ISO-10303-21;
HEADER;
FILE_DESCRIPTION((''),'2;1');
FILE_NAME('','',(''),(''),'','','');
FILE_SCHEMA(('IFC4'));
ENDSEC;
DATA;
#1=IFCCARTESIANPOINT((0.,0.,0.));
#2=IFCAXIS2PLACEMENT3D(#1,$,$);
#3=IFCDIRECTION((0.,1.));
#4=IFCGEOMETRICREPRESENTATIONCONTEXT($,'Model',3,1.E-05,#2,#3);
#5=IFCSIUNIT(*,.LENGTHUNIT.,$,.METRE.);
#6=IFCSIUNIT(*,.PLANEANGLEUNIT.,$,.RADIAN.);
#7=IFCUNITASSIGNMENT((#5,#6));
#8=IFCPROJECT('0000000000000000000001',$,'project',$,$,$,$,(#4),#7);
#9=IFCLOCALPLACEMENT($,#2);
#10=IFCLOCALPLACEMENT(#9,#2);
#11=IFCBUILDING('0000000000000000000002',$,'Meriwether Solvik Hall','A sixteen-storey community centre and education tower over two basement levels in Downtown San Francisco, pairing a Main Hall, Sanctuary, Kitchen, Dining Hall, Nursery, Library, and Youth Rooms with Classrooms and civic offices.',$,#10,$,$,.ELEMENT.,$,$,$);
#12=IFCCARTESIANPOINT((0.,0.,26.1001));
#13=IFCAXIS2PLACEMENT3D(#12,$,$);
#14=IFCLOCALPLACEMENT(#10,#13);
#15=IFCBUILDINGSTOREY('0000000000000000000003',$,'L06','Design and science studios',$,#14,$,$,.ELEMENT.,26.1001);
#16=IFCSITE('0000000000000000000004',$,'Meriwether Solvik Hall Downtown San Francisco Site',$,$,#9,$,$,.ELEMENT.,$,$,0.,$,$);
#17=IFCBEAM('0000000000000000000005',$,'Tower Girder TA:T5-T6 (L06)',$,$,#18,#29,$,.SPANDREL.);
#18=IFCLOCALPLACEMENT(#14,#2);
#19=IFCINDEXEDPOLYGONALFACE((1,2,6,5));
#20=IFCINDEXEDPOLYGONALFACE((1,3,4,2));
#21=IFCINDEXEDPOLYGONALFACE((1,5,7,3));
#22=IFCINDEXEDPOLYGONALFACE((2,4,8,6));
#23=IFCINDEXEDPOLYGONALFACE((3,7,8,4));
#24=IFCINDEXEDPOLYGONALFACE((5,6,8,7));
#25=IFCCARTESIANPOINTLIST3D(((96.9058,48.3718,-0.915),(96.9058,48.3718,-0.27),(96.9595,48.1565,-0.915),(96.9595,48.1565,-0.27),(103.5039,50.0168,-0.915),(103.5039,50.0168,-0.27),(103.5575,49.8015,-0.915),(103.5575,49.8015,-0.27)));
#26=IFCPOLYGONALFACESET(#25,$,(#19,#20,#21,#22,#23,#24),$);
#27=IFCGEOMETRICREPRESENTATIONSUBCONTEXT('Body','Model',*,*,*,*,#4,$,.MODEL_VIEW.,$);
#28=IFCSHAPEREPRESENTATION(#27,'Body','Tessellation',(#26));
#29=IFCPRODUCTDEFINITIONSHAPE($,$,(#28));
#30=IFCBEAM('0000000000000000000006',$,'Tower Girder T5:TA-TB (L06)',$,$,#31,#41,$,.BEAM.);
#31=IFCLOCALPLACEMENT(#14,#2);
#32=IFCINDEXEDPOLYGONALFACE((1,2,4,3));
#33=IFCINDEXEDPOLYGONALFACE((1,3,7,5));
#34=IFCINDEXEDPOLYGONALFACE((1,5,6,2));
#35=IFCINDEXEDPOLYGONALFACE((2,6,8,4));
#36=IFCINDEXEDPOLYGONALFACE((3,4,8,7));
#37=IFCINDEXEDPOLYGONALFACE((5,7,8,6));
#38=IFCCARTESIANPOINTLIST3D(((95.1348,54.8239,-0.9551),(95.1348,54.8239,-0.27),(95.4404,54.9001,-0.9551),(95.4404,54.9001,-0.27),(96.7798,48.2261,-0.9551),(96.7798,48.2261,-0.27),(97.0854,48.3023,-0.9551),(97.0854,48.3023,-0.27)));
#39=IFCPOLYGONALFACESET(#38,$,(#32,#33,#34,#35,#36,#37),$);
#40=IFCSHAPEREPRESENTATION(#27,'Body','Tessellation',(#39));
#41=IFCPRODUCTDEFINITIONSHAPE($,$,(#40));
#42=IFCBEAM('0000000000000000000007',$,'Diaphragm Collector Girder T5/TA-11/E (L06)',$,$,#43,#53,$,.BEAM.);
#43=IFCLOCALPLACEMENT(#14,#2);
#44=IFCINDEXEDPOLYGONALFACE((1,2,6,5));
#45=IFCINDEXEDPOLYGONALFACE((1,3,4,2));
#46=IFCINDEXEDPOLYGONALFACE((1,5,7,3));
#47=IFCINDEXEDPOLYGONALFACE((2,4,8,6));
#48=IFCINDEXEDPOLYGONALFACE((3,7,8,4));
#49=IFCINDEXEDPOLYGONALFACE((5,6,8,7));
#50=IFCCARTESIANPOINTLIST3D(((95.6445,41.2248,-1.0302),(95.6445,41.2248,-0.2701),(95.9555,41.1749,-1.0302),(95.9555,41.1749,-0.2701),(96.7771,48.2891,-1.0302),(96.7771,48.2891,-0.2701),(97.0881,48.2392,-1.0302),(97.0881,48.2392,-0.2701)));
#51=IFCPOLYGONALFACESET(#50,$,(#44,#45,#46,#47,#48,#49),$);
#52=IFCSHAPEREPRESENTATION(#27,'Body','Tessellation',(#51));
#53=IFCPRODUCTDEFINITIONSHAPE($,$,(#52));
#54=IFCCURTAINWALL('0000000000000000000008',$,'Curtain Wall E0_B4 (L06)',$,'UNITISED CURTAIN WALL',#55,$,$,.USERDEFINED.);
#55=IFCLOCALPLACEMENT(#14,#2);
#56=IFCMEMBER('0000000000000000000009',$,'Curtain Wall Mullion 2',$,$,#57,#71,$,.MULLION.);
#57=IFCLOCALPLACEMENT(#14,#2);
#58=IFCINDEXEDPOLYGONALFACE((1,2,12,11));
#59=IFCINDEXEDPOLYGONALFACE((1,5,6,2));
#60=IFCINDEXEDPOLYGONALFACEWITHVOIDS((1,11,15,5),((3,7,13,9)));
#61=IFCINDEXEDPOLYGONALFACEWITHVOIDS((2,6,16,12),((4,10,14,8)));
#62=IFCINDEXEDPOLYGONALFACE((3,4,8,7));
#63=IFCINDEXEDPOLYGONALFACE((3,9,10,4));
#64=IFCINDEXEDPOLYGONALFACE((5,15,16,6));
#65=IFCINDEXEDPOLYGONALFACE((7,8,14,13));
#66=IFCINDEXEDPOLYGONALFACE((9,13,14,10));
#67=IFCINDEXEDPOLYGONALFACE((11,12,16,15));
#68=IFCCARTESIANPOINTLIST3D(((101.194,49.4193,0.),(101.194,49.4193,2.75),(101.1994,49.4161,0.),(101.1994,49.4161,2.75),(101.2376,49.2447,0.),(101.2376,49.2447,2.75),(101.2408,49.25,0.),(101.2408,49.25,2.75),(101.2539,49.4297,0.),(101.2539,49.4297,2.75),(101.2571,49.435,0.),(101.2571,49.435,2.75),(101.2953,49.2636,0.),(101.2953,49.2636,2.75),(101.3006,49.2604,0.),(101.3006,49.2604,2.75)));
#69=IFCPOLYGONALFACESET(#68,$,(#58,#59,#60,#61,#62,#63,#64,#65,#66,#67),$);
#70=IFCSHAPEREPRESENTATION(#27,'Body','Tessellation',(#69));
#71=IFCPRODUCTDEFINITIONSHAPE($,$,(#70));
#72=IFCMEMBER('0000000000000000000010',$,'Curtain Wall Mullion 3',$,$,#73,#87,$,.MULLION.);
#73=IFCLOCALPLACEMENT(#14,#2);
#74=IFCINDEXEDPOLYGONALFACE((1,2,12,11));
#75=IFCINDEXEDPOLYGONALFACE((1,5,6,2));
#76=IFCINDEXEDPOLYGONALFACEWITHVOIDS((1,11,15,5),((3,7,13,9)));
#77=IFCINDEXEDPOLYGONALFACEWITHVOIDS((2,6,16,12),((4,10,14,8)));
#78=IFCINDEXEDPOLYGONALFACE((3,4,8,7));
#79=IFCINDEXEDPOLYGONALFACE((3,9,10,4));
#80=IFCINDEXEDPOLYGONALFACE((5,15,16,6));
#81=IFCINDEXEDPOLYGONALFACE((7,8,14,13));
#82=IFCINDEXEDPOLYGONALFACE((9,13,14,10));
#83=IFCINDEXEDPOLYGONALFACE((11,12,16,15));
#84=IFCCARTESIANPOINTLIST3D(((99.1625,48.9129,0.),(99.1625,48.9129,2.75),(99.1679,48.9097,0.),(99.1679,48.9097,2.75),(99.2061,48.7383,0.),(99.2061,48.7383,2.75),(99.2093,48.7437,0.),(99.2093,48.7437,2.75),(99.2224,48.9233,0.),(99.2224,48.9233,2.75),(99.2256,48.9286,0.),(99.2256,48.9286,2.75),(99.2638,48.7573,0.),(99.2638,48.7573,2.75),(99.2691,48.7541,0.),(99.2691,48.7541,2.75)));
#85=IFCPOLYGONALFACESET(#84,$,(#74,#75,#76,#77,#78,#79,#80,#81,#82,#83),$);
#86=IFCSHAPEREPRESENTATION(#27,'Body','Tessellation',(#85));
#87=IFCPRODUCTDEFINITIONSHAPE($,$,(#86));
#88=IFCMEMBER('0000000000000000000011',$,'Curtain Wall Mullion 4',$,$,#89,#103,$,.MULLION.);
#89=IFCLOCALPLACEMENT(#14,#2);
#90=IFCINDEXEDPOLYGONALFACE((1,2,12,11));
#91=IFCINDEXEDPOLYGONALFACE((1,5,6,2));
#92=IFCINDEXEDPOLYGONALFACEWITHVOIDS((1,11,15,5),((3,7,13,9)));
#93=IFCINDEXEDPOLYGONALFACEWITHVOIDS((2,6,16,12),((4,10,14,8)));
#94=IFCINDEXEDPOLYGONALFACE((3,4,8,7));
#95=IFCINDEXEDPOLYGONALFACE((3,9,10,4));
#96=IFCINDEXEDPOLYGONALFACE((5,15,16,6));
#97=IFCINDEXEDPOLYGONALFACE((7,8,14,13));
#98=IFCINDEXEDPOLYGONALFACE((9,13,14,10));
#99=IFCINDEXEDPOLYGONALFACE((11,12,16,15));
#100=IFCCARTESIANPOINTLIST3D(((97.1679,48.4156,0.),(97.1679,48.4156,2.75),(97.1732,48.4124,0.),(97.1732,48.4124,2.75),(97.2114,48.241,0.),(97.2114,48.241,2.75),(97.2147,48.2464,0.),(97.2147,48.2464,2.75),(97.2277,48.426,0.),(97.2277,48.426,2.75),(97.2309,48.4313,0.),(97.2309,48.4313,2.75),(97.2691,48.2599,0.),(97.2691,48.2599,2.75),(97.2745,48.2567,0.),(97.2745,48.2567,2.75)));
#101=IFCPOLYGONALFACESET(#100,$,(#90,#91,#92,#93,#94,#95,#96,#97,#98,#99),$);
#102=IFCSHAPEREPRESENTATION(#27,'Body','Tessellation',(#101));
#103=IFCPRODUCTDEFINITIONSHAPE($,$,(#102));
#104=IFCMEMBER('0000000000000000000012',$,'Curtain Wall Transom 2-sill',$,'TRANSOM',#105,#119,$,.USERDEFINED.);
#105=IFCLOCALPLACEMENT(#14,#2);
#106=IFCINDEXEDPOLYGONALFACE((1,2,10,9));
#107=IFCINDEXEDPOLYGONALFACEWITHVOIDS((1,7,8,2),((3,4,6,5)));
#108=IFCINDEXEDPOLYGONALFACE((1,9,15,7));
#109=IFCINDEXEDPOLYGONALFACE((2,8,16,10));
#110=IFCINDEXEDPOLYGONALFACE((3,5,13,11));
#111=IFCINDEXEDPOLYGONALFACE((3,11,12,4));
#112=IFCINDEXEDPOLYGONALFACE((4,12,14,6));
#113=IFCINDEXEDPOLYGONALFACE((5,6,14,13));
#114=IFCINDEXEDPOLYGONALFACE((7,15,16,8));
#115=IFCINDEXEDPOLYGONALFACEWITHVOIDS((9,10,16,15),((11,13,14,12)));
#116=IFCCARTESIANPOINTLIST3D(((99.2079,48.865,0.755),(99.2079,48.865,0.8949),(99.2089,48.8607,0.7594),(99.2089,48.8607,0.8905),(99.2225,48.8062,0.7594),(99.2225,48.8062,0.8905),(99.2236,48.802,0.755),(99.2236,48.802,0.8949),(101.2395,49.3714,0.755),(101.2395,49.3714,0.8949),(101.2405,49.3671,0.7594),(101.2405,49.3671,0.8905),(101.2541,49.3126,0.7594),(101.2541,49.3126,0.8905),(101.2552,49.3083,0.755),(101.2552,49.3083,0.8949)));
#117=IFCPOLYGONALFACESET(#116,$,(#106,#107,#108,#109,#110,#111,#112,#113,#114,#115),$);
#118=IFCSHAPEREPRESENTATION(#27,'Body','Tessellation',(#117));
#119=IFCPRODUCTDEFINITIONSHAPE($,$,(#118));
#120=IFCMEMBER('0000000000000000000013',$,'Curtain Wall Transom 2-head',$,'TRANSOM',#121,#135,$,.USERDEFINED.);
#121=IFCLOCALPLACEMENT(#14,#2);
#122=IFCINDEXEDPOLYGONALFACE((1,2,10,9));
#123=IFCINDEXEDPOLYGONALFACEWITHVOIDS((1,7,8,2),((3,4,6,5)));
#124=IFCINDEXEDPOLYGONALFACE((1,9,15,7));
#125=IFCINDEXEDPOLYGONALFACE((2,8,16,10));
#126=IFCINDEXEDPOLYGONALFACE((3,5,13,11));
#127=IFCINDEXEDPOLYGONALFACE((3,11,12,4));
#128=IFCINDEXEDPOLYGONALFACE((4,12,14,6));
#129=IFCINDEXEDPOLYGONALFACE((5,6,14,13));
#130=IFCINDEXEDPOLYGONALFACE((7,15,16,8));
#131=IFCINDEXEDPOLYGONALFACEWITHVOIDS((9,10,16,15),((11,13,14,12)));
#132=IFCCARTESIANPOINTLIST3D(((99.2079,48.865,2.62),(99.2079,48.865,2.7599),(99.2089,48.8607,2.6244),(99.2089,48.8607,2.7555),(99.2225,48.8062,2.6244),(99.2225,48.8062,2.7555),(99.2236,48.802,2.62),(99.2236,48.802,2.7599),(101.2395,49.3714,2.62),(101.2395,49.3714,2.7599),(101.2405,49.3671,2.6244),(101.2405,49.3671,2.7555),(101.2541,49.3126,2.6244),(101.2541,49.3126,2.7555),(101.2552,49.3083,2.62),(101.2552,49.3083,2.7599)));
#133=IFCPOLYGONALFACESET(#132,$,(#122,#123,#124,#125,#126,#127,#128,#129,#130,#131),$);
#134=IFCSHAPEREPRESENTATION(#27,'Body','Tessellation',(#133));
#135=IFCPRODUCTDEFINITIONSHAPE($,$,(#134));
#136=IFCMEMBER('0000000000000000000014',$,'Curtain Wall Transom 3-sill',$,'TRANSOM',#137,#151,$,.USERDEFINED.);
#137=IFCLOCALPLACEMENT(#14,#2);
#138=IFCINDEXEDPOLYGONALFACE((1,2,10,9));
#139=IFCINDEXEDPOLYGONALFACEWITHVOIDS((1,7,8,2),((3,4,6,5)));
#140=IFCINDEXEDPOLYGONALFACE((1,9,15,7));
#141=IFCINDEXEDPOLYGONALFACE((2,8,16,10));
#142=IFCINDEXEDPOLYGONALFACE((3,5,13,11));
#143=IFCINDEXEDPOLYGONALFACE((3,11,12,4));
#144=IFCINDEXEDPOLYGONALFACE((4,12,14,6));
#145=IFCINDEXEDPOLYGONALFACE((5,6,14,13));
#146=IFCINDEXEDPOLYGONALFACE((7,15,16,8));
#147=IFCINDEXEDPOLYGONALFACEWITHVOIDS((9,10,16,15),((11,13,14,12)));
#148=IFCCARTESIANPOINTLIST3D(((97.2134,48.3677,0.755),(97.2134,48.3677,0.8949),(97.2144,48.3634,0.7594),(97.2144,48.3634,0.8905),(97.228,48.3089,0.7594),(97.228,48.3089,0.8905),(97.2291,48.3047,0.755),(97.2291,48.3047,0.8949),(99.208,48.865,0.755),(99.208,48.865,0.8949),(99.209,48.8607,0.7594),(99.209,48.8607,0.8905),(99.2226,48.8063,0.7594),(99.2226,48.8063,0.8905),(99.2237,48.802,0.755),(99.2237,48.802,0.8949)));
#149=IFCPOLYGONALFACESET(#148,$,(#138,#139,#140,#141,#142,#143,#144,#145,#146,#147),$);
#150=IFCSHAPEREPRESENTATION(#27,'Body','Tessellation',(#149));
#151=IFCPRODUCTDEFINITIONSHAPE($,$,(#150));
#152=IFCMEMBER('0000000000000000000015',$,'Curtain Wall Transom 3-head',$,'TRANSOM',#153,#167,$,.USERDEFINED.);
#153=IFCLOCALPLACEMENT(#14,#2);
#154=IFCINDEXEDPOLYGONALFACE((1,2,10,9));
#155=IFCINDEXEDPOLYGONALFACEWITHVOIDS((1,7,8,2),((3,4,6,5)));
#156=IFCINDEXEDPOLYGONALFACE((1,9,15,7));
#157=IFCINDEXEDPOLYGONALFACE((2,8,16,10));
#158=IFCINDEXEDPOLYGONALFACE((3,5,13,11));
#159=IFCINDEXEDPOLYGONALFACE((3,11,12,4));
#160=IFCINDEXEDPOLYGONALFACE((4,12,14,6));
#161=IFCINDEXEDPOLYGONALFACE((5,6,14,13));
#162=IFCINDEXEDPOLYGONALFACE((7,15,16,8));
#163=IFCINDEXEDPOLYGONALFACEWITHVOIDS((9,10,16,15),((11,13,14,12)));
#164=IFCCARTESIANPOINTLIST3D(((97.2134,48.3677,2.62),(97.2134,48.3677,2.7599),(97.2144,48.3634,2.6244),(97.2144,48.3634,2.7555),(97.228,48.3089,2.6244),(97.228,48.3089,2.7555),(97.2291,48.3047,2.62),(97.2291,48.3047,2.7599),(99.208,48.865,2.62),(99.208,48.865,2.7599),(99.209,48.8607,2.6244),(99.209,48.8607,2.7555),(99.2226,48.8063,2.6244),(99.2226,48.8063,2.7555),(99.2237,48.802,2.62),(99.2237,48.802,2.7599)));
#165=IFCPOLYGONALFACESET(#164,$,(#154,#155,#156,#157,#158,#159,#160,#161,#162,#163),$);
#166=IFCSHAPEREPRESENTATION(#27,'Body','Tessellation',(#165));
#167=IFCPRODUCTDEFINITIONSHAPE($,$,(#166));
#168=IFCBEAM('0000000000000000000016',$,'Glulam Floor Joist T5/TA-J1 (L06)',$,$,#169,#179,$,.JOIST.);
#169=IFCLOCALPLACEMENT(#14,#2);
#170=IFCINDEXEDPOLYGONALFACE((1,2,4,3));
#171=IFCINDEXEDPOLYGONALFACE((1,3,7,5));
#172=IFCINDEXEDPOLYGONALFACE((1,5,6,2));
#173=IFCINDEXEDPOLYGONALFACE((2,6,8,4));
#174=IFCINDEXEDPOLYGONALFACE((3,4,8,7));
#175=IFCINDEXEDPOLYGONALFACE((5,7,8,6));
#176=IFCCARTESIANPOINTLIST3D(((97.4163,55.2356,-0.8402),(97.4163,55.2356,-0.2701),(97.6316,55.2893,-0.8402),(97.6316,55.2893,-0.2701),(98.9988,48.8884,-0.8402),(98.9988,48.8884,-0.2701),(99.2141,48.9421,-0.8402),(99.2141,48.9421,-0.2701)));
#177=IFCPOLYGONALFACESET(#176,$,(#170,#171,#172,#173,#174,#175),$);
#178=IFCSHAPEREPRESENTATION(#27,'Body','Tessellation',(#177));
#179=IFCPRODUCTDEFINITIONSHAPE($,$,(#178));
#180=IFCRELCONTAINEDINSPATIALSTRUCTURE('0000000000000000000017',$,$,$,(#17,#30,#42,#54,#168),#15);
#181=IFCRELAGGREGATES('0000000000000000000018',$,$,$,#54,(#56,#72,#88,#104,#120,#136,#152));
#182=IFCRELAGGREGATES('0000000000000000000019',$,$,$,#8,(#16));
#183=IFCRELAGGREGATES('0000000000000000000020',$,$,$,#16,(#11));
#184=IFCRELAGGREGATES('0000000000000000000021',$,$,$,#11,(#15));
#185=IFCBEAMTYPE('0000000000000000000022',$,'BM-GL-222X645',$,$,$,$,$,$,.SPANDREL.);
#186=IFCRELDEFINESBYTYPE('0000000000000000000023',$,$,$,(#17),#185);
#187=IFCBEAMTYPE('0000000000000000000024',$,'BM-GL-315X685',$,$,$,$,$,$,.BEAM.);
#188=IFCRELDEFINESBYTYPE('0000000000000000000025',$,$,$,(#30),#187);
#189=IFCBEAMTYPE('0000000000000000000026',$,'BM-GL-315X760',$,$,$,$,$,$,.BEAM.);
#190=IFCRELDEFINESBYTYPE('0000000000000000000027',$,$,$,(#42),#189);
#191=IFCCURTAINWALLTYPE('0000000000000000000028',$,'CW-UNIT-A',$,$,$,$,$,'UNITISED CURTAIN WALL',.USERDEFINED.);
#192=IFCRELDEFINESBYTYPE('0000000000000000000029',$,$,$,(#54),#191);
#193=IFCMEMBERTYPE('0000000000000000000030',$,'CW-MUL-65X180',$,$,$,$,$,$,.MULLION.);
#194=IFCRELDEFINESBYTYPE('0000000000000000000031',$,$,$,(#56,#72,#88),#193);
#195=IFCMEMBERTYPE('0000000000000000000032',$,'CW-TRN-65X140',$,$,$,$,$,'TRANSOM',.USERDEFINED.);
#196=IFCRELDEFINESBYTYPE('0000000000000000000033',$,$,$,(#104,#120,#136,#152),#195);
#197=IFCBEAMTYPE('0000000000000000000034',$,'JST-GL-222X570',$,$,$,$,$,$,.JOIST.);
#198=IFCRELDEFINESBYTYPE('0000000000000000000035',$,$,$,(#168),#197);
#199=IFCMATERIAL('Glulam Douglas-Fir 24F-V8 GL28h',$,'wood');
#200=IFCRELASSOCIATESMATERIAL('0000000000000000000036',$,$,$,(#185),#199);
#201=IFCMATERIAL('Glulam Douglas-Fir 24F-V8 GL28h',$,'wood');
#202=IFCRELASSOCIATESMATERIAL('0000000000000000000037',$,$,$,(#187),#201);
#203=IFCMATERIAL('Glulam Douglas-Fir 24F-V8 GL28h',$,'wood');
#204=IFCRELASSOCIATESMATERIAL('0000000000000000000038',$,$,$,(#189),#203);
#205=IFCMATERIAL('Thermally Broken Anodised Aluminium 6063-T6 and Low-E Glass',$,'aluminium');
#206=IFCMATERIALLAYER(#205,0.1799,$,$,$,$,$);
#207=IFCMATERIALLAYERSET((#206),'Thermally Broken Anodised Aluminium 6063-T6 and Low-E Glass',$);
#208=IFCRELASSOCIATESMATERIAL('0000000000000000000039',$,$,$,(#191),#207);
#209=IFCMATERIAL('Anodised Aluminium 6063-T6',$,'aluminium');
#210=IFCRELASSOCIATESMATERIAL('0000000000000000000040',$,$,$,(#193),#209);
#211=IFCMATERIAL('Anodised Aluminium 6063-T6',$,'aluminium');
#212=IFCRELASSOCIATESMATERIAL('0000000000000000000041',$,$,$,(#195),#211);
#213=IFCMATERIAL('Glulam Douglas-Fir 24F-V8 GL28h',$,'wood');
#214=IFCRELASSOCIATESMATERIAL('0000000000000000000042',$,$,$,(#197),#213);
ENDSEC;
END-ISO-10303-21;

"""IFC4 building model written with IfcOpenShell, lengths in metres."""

from ifc_helpers import new_model, si_unit, direction, frame, origin, origin_2d, place, context, subcontext, project, spatial, rectangle, hollow_rectangle, extrude, material, layer, layer_set, material_profile, profile_set, type_object, element, aggregate, save


model = new_model("IFC4")

# Units and contexts
model_context = context("Model", 3, precision=1e-05, world=origin(), true_north=direction((0.0, 1.0)))
body_context = subcontext(model_context, "Body", "Model", "MODEL_VIEW")
ifc_project = project(units=[si_unit("LENGTHUNIT", "METRE"), si_unit("PLANEANGLEUNIT", "RADIAN")], contexts=[model_context])

# Site, building, storey
site_placement = place(None, origin())
site = spatial("IfcSite", under=ifc_project, at=site_placement, Name="Meriwether Solvik Hall Downtown San Francisco Site", CompositionType="ELEMENT", RefElevation=0.0)
building_placement = place(site_placement, origin())
building = spatial("IfcBuilding", under=site, at=building_placement, Name="Meriwether Solvik Hall", Description="A sixteen-storey community centre and education tower over two basement levels in Downtown San Francisco, pairing a Main Hall, Sanctuary, Kitchen, Dining Hall, Nursery, Library, and Youth Rooms with Classrooms and civic offices.", CompositionType="ELEMENT")
storey_placement = place(building_placement, frame((0.0, 0.0, 26.1001)))
storey = spatial("IfcBuildingStorey", under=building, at=storey_placement, Name="L06", Description="Design and science studios", CompositionType="ELEMENT", Elevation=26.1001)

# Beams
ifc_material_1 = material(Name="Glulam Douglas-Fir 24F-V8 GL28h", Category="wood")
ifc_material_profile_1 = material_profile(ifc_material_1, rectangle(XDim=0.2219, YDim=0.645, at=origin_2d()), Name="GLB-222X645")
ifc_profile_set_1 = profile_set([ifc_material_profile_1], Name="Glulam Douglas-Fir 24F-V8 GL28h")
beam_type_1 = type_object("IfcBeamType", Name="BM-GL-222X645", PredefinedType="SPANDREL", material=ifc_profile_set_1)
beam_1_placement = place(storey_placement, frame((96.9326, 48.2642, -0.5925), z_axis=(0.970299, 0.24191, 0.0), x_axis=(-0.24191, 0.970299, 0.0)))
element("IfcBeam", 1, at=beam_1_placement, inside=storey, type_object=beam_type_1, Name="Tower Girder TA:T5-T6 (L06)", PredefinedType="SPANDREL", context=body_context, shape_type="SweptSolid", body=[
    extrude(rectangle(XDim=0.2219, YDim=0.645, at=origin_2d()), origin(), (0.0, 0.0, 1.0), 6.8),
])
ifc_material_2 = material(Name="Glulam Douglas-Fir 24F-V8 GL28h", Category="wood")
ifc_material_profile_2 = material_profile(ifc_material_2, rectangle(XDim=0.3149, YDim=0.6851, at=origin_2d()), Name="GLB-315X685")
ifc_profile_set_2 = profile_set([ifc_material_profile_2], Name="Glulam Douglas-Fir 24F-V8 GL28h")
beam_type_2 = type_object("IfcBeamType", Name="BM-GL-315X685", PredefinedType="BEAM", material=ifc_profile_set_2)
beam_2_placement = place(storey_placement, frame((96.9326, 48.2642, -0.6125), z_axis=(-0.241919, 0.970296, 0.0), x_axis=(-0.970296, -0.241919, 0.0)))
element("IfcBeam", 2, at=beam_2_placement, inside=storey, type_object=beam_type_2, Name="Tower Girder T5:TA-TB (L06)", PredefinedType="BEAM", context=body_context, shape_type="SweptSolid", body=[
    extrude(rectangle(XDim=0.3149, YDim=0.6851, at=origin_2d()), origin(), (0.0, 0.0, 1.0), 6.7998),
])
ifc_material_3 = material(Name="Glulam Douglas-Fir 24F-V8 GL28h", Category="wood")
ifc_material_profile_3 = material_profile(ifc_material_3, rectangle(XDim=0.3149, YDim=0.76, at=origin_2d()), Name="GLB-315X760")
ifc_profile_set_3 = profile_set([ifc_material_profile_3], Name="Glulam Douglas-Fir 24F-V8 GL28h")
beam_type_3 = type_object("IfcBeamType", Name="BM-GL-315X760", PredefinedType="BEAM", material=ifc_profile_set_3)
beam_3_placement = place(storey_placement, frame((96.9326, 48.2642, -0.6501), z_axis=(-0.158303, -0.987391, 0.0), x_axis=(0.987391, -0.158303, 0.0)))
element("IfcBeam", 3, at=beam_3_placement, inside=storey, type_object=beam_type_3, Name="Diaphragm Collector Girder T5/TA-11/E (L06)", PredefinedType="BEAM", context=body_context, shape_type="SweptSolid", body=[
    extrude(rectangle(XDim=0.3149, YDim=0.76, at=origin_2d()), origin(), (0.0, 0.0, 1.0), 7.1545),
])

# Curtain wall, members
ifc_material_4 = material(Name="Thermally Broken Anodised Aluminium 6063-T6 and Low-E Glass", Category="aluminium")
ifc_layer_1 = layer(ifc_material_4, 0.1799)
ifc_layer_set_1 = layer_set([ifc_layer_1], Name="Thermally Broken Anodised Aluminium 6063-T6 and Low-E Glass")
curtain_wall_type = type_object("IfcCurtainWallType", Name="CW-UNIT-A", ElementType="UNITISED CURTAIN WALL", PredefinedType="USERDEFINED", material=ifc_layer_set_1)
curtain_wall_placement = place(storey_placement, origin())
curtain_wall = element("IfcCurtainWall", 4, at=curtain_wall_placement, inside=storey, type_object=curtain_wall_type, Name="Curtain Wall E0_B4 (L06)", ObjectType="UNITISED CURTAIN WALL", PredefinedType="USERDEFINED")
ifc_material_5 = material(Name="Anodised Aluminium 6063-T6", Category="aluminium")
ifc_material_profile_4 = material_profile(ifc_material_5, hollow_rectangle(XDim=0.0649, YDim=0.1799, WallThickness=0.0044, at=origin_2d()), Name="CWM-65X180")
ifc_profile_set_4 = profile_set([ifc_material_profile_4], Name="Anodised Aluminium 6063-T6")
member_type_1 = type_object("IfcMemberType", Name="CW-MUL-65X180", PredefinedType="MULLION", material=ifc_profile_set_4)
member_1_placement = place(storey_placement, frame((101.2473, 49.3398, 0.0), z_axis=(0.0, 0.0, 1.0), x_axis=(-0.970296, -0.241922, 0.0)))
member_1 = element("IfcMember", 5, at=member_1_placement, type_object=member_type_1, Name="Curtain Wall Mullion 2", PredefinedType="MULLION", context=body_context, shape_type="SweptSolid", body=[
    extrude(hollow_rectangle(XDim=0.0649, YDim=0.1799, WallThickness=0.0044, at=origin_2d()), origin(), (0.0, 0.0, 1.0), 2.75),
])
member_2_placement = place(storey_placement, frame((99.2158, 48.8335, 0.0), z_axis=(0.0, 0.0, 1.0), x_axis=(-0.970296, -0.241922, 0.0)))
member_2 = element("IfcMember", 6, at=member_2_placement, type_object=member_type_1, Name="Curtain Wall Mullion 3", PredefinedType="MULLION", context=body_context, shape_type="SweptSolid", body=[
    extrude(hollow_rectangle(XDim=0.0649, YDim=0.1799, WallThickness=0.0044, at=origin_2d()), origin(), (0.0, 0.0, 1.0), 2.75),
])
member_3_placement = place(storey_placement, frame((97.2212, 48.3362, 0.0), z_axis=(0.0, 0.0, 1.0), x_axis=(-0.970296, -0.241922, 0.0)))
member_3 = element("IfcMember", 7, at=member_3_placement, type_object=member_type_1, Name="Curtain Wall Mullion 4", PredefinedType="MULLION", context=body_context, shape_type="SweptSolid", body=[
    extrude(hollow_rectangle(XDim=0.0649, YDim=0.1799, WallThickness=0.0044, at=origin_2d()), origin(), (0.0, 0.0, 1.0), 2.75),
])
ifc_material_6 = material(Name="Anodised Aluminium 6063-T6", Category="aluminium")
ifc_material_profile_5 = material_profile(ifc_material_6, hollow_rectangle(XDim=0.0649, YDim=0.1399, WallThickness=0.0044, at=origin_2d()), Name="CWT-65X140")
ifc_profile_set_5 = profile_set([ifc_material_profile_5], Name="Anodised Aluminium 6063-T6")
member_type_2 = type_object("IfcMemberType", Name="CW-TRN-65X140", ElementType="TRANSOM", PredefinedType="USERDEFINED", material=ifc_profile_set_5)
member_4_placement = place(storey_placement, frame((101.2473, 49.3398, 0.825), z_axis=(-0.970314, -0.24185, 0.0), x_axis=(0.24185, -0.970314, 0.0)))
member_4 = element("IfcMember", 8, at=member_4_placement, type_object=member_type_2, Name="Curtain Wall Transom 2-sill", ObjectType="TRANSOM", PredefinedType="USERDEFINED", context=body_context, shape_type="SweptSolid", body=[
    extrude(hollow_rectangle(XDim=0.0649, YDim=0.1399, WallThickness=0.0044, at=origin_2d()), origin(), (0.0, 0.0, 1.0), 2.0938),
])
member_5_placement = place(storey_placement, frame((101.2473, 49.3398, 2.6899), z_axis=(-0.970314, -0.24185, 0.0), x_axis=(0.24185, -0.970314, 0.0)))
member_5 = element("IfcMember", 9, at=member_5_placement, type_object=member_type_2, Name="Curtain Wall Transom 2-head", ObjectType="TRANSOM", PredefinedType="USERDEFINED", context=body_context, shape_type="SweptSolid", body=[
    extrude(hollow_rectangle(XDim=0.0649, YDim=0.1399, WallThickness=0.0044, at=origin_2d()), origin(), (0.0, 0.0, 1.0), 2.0938),
])
member_6_placement = place(storey_placement, frame((99.2158, 48.8335, 0.825), z_axis=(-0.970296, -0.241921, 0.0), x_axis=(0.241921, -0.970296, 0.0)))
member_6 = element("IfcMember", 10, at=member_6_placement, type_object=member_type_2, Name="Curtain Wall Transom 3-sill", ObjectType="TRANSOM", PredefinedType="USERDEFINED", context=body_context, shape_type="SweptSolid", body=[
    extrude(hollow_rectangle(XDim=0.0649, YDim=0.1399, WallThickness=0.0044, at=origin_2d()), origin(), (0.0, 0.0, 1.0), 2.0557),
])
member_7_placement = place(storey_placement, frame((99.2158, 48.8335, 2.6899), z_axis=(-0.970296, -0.241921, 0.0), x_axis=(0.241921, -0.970296, 0.0)))
member_7 = element("IfcMember", 11, at=member_7_placement, type_object=member_type_2, Name="Curtain Wall Transom 3-head", ObjectType="TRANSOM", PredefinedType="USERDEFINED", context=body_context, shape_type="SweptSolid", body=[
    extrude(hollow_rectangle(XDim=0.0649, YDim=0.1399, WallThickness=0.0044, at=origin_2d()), origin(), (0.0, 0.0, 1.0), 2.0557),
])

# Beam
ifc_material_7 = material(Name="Glulam Douglas-Fir 24F-V8 GL28h", Category="wood")
ifc_material_profile_6 = material_profile(ifc_material_7, rectangle(XDim=0.2219, YDim=0.5701, at=origin_2d()), Name="GLJ-222X570")
ifc_profile_set_6 = profile_set([ifc_material_profile_6], Name="Glulam Douglas-Fir 24F-V8 GL28h")
beam_type_4 = type_object("IfcBeamType", Name="JST-GL-222X570", PredefinedType="JOIST", material=ifc_profile_set_6)
for number, where, z_axis, x_axis, name in (
    (12, (99.1064, 48.9153, -0.5552), (-0.241921, 0.970296, 0.0), (-0.970296, -0.241921, 0.0), "Glulam Floor Joist T5/TA-J1 (L06)"),
):
    element("IfcBeam", number, at=place(storey_placement, frame(where, z_axis=z_axis, x_axis=x_axis)), inside=storey, type_object=beam_type_4, Name=name, PredefinedType="JOIST", context=body_context, shape_type="SweptSolid", body=[
        extrude(rectangle(XDim=0.2219, YDim=0.5701, at=origin_2d()), origin(), (0.0, 0.0, 1.0), 6.5415),
    ])

aggregate(curtain_wall, [member_1, member_2, member_3, member_4, member_5, member_6, member_7])

save(model, "model.ifc")
